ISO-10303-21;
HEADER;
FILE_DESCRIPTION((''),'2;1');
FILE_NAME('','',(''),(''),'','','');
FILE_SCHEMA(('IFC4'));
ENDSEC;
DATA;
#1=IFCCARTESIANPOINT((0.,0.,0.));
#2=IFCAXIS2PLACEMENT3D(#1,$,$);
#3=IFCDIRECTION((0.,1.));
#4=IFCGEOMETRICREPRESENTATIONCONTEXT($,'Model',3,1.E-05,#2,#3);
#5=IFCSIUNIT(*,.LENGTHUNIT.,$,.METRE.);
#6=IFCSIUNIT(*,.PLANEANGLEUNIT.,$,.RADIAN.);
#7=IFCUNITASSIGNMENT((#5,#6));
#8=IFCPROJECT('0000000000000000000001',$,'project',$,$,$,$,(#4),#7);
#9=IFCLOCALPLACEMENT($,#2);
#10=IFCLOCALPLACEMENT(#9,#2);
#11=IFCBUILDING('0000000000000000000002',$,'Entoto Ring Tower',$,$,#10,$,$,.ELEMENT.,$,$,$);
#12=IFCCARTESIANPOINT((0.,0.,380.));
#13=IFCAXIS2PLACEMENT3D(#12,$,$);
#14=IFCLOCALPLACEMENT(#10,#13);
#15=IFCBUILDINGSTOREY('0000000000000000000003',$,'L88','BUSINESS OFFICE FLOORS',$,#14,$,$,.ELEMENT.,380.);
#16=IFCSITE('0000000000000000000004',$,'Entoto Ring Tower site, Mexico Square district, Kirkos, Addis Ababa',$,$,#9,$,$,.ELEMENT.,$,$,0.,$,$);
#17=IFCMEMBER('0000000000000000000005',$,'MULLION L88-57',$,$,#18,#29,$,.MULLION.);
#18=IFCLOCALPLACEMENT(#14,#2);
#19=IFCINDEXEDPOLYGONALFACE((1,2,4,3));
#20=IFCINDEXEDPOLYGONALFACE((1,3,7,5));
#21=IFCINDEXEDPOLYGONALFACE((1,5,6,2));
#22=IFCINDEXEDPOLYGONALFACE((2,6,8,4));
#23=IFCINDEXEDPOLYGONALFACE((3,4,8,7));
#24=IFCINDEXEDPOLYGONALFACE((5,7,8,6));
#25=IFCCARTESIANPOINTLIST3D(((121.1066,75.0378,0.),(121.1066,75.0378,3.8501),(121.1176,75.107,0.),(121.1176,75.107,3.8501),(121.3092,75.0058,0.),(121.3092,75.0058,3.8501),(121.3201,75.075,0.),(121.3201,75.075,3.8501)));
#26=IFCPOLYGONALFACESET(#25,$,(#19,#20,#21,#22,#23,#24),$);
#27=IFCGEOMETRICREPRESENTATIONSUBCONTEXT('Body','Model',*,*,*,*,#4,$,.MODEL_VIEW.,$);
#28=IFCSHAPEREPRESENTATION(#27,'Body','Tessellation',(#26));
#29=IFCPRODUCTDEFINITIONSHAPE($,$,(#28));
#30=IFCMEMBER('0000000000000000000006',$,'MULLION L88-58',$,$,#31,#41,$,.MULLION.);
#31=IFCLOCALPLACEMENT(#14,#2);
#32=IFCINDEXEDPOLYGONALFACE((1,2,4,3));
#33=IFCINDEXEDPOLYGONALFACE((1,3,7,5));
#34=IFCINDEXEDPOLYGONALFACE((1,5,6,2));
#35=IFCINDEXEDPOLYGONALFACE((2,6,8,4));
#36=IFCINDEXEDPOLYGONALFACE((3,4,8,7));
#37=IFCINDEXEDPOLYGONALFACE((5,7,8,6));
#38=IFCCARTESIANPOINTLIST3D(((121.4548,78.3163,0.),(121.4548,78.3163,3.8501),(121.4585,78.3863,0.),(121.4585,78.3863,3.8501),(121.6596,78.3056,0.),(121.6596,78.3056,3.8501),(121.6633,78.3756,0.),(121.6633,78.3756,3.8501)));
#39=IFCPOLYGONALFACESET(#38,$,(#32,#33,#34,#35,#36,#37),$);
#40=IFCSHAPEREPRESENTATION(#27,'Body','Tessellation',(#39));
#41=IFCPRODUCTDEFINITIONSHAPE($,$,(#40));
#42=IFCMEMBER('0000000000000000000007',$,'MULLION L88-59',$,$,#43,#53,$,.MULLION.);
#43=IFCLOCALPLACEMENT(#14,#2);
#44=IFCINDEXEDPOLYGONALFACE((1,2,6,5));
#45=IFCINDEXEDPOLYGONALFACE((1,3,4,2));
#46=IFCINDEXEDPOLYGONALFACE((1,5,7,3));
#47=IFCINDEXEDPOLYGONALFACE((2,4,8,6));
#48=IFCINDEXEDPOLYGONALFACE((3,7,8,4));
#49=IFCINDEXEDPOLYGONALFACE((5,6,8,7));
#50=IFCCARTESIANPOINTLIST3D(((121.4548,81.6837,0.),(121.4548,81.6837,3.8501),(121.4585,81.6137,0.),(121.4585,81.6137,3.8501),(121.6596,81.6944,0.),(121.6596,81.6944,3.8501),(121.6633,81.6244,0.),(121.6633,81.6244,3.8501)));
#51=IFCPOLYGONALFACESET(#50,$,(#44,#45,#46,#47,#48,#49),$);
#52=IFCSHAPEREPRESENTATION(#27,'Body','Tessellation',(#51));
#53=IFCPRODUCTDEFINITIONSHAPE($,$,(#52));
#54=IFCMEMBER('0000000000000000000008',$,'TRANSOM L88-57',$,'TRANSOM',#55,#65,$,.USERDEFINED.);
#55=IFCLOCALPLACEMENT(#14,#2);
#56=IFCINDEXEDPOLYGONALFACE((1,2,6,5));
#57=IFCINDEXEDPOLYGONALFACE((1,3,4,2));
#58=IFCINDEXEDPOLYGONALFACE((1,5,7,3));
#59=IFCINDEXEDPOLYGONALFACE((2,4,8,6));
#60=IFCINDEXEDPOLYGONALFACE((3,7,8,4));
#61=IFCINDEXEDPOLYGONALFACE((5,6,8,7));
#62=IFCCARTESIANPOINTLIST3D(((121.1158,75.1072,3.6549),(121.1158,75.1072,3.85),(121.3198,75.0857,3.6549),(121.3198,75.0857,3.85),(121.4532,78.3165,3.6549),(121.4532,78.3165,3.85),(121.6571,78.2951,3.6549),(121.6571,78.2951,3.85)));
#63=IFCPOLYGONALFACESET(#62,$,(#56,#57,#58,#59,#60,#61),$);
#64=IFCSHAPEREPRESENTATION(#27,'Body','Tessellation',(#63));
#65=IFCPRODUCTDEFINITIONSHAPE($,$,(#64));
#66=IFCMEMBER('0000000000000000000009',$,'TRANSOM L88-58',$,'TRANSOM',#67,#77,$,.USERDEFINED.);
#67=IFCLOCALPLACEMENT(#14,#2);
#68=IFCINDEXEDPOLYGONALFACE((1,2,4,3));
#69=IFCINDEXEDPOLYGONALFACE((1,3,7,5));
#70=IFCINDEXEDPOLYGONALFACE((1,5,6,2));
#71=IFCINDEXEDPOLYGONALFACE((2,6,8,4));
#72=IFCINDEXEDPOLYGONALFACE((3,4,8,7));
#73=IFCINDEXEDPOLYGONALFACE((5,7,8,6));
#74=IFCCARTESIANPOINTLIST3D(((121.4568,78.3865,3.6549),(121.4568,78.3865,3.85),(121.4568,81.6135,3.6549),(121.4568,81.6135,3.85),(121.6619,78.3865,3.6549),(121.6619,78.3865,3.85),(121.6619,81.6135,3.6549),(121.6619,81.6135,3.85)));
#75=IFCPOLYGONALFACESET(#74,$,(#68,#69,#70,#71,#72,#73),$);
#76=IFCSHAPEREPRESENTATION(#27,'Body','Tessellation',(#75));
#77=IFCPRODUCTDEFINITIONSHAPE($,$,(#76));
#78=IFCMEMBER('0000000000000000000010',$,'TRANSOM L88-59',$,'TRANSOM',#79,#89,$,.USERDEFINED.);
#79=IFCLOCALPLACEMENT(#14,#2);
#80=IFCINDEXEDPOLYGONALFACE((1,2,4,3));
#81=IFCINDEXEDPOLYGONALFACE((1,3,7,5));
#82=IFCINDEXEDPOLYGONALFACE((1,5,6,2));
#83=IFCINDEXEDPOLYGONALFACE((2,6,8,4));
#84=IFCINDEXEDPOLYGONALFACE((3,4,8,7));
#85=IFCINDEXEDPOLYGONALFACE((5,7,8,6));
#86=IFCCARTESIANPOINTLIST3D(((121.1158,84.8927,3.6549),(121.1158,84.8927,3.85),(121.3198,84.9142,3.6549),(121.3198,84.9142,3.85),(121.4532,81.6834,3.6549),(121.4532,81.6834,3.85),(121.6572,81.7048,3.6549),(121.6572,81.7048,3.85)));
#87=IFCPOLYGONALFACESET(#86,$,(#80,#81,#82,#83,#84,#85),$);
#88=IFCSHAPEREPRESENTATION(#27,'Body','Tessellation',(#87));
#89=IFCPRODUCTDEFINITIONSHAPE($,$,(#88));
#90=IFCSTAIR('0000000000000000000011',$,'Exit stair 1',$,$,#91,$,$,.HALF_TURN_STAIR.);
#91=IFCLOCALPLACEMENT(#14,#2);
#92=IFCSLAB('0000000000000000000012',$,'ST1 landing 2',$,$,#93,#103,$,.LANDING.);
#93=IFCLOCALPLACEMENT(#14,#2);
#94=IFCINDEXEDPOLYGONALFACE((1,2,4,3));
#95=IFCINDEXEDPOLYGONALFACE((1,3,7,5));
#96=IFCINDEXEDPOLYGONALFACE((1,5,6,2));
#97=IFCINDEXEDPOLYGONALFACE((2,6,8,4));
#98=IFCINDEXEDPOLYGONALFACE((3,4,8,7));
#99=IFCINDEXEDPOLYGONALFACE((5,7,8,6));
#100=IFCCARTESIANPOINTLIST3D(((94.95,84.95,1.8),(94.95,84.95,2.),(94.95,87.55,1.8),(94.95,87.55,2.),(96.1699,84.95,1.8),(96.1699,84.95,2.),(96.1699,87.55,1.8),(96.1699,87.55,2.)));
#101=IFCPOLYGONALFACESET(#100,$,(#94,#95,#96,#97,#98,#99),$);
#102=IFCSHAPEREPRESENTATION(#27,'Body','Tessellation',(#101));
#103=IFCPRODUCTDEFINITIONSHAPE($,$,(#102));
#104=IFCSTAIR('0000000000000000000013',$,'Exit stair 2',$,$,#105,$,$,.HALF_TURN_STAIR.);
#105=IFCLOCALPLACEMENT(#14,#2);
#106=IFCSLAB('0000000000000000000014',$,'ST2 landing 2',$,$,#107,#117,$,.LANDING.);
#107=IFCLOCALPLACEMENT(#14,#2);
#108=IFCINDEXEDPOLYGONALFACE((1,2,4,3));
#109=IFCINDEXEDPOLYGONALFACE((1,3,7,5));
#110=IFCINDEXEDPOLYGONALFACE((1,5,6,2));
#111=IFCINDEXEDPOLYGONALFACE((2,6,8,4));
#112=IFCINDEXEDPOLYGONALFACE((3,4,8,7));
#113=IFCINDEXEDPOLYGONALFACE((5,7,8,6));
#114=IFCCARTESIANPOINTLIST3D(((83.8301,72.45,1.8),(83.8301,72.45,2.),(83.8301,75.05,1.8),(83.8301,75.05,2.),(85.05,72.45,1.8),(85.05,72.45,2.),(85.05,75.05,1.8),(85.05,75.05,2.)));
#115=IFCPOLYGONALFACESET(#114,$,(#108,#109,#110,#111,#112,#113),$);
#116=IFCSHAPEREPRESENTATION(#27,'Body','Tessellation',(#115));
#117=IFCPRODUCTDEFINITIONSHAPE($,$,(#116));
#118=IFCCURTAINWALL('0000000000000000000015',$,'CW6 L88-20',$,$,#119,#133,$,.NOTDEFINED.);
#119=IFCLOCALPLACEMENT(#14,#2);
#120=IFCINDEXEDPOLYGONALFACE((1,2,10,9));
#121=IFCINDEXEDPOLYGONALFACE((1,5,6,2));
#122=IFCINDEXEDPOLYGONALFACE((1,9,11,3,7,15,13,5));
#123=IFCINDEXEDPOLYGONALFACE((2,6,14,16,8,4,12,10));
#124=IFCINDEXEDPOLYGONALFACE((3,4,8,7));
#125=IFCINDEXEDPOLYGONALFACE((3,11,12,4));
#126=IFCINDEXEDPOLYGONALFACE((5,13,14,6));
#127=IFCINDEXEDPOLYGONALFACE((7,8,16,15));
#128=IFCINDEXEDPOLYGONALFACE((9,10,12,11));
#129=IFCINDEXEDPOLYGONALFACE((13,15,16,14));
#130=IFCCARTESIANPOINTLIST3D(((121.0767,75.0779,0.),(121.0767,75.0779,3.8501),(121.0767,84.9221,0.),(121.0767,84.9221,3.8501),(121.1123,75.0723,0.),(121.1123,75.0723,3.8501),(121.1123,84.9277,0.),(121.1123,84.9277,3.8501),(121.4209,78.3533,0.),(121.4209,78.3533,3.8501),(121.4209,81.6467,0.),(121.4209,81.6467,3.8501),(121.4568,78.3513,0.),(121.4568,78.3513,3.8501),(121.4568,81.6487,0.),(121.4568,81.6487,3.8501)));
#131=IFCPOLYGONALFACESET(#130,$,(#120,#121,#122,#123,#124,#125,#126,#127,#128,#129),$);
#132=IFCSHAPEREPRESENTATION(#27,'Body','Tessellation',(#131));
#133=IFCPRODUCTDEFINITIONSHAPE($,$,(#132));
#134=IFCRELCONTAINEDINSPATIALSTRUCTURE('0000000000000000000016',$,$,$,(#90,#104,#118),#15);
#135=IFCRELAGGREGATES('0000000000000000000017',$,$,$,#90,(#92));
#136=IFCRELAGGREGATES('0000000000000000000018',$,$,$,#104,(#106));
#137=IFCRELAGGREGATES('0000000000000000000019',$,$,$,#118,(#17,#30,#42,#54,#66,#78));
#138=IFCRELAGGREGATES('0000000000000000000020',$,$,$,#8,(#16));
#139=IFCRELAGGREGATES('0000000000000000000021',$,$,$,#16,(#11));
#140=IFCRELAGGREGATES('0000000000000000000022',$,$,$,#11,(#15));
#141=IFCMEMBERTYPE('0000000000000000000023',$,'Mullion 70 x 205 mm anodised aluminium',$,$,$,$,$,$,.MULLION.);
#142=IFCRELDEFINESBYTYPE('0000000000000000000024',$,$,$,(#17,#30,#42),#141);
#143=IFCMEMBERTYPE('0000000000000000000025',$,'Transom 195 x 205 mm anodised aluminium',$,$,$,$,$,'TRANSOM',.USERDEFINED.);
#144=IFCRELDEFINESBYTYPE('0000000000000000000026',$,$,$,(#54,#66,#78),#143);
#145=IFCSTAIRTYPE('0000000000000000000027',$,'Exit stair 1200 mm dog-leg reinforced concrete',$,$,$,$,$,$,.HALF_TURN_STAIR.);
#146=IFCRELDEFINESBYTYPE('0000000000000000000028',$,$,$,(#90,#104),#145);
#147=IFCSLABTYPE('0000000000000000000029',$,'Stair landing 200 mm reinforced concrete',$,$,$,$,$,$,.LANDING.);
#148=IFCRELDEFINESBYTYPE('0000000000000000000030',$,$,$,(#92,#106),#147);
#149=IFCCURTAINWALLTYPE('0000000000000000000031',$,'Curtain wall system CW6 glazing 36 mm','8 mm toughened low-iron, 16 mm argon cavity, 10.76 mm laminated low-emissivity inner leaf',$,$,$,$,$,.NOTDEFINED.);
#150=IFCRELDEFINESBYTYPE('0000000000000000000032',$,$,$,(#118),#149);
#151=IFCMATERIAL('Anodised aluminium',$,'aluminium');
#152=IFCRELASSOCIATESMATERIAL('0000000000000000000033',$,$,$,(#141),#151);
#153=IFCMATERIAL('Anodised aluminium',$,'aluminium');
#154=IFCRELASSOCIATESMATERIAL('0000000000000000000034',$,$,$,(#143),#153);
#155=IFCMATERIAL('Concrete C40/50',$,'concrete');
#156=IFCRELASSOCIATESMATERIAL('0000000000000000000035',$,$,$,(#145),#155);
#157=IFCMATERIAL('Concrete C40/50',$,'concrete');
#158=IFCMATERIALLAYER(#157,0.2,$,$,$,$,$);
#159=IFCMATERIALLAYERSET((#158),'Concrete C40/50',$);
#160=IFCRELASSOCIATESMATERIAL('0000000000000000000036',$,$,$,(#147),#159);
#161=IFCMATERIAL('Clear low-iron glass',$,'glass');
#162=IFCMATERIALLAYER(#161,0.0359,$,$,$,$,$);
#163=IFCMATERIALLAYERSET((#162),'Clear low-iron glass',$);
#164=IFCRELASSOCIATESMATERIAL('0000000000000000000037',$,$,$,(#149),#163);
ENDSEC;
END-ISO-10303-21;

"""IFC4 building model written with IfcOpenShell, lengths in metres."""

from ifc_helpers import new_model, si_unit, direction, frame, origin, origin_2d, place, context, subcontext, project, spatial, polyline, rectangle, outline, extrude, material, layer, layer_set, material_profile, profile_set, type_object, element, aggregate, save


model = new_model("IFC4")

# Units and contexts
model_context = context("Model", 3, precision=1e-05, world=origin(), true_north=direction((0.0, 1.0)))
body_context = subcontext(model_context, "Body", "Model", "MODEL_VIEW")
ifc_project = project(units=[si_unit("LENGTHUNIT", "METRE"), si_unit("PLANEANGLEUNIT", "RADIAN")], contexts=[model_context])

# Members
ifc_material_1 = material(Name="Anodised aluminium", Category="aluminium")
ifc_material_profile_1 = material_profile(ifc_material_1, rectangle(XDim=0.0701, YDim=0.2051, at=origin_2d()), Name="Mullion 70 x 205 mm anodised aluminium")
ifc_profile_set_1 = profile_set([ifc_material_profile_1], Name="Anodised aluminium")
member_type_1 = type_object("IfcMemberType", Name="Mullion 70 x 205 mm anodised aluminium", PredefinedType="MULLION", material=ifc_profile_set_1)
site_placement = place(None, origin())
building_placement = place(site_placement, origin())
storey_placement = place(building_placement, frame((0.0, 0.0, 380.0)))
member_1_placement = place(storey_placement, frame((121.2134, 75.0564, 0.0), z_axis=(0.0, 0.0, 1.0), x_axis=(0.156434, 0.987688, 0.0)))
member_1 = element("IfcMember", 1, at=member_1_placement, type_object=member_type_1, Name="MULLION L88-57", PredefinedType="MULLION", context=body_context, shape_type="SweptSolid", body=[
    extrude(rectangle(XDim=0.0701, YDim=0.2051, at=origin_2d()), origin(), (0.0, 0.0, 1.0), 3.8501),
])
member_2_placement = place(storey_placement, frame((121.5591, 78.3459, 0.0), z_axis=(0.0, 0.0, 1.0), x_axis=(0.052336, 0.99863, 0.0)))
member_2 = element("IfcMember", 2, at=member_2_placement, type_object=member_type_1, Name="MULLION L88-58", PredefinedType="MULLION", context=body_context, shape_type="SweptSolid", body=[
    extrude(rectangle(XDim=0.0701, YDim=0.2051, at=origin_2d()), origin(), (0.0, 0.0, 1.0), 3.8501),
])
member_3_placement = place(storey_placement, frame((121.5591, 81.6541, 0.0), z_axis=(0.0, 0.0, 1.0), x_axis=(-0.052336, 0.99863, 0.0)))
member_3 = element("IfcMember", 3, at=member_3_placement, type_object=member_type_1, Name="MULLION L88-59", PredefinedType="MULLION", context=body_context, shape_type="SweptSolid", body=[
    extrude(rectangle(XDim=0.0701, YDim=0.2051, at=origin_2d()), origin(), (0.0, 0.0, 1.0), 3.8501),
])
ifc_material_2 = material(Name="Anodised aluminium", Category="aluminium")
ifc_material_profile_2 = material_profile(ifc_material_2, rectangle(XDim=0.2051, YDim=0.1951, at=origin_2d()), Name="Transom 195 x 205 mm anodised aluminium")
ifc_profile_set_2 = profile_set([ifc_material_profile_2], Name="Anodised aluminium")
member_type_2 = type_object("IfcMemberType", Name="Transom 195 x 205 mm anodised aluminium", ElementType="TRANSOM", PredefinedType="USERDEFINED", material=ifc_profile_set_2)
member_4_placement = place(storey_placement, frame((121.2178, 75.0964, 3.7524), z_axis=(0.104551, 0.99452, 0.0), x_axis=(-0.99452, 0.104551, 0.0)))
member_4 = element("IfcMember", 4, at=member_4_placement, type_object=member_type_2, Name="TRANSOM L88-57", ObjectType="TRANSOM", PredefinedType="USERDEFINED", context=body_context, shape_type="SweptSolid", body=[
    extrude(rectangle(XDim=0.2051, YDim=0.1951, at=origin_2d()), origin(), (0.0, 0.0, 1.0), 3.2271),
])
member_5_placement = place(storey_placement, frame((121.5593, 78.3865, 3.7524), z_axis=(0.0, 1.0, 0.0), x_axis=(-1.0, 0.0, 0.0)))
member_5 = element("IfcMember", 5, at=member_5_placement, type_object=member_type_2, Name="TRANSOM L88-58", ObjectType="TRANSOM", PredefinedType="USERDEFINED", context=body_context, shape_type="SweptSolid", body=[
    extrude(rectangle(XDim=0.2051, YDim=0.1951, at=origin_2d()), origin(), (0.0, 0.0, 1.0), 3.2271),
])
member_6_placement = place(storey_placement, frame((121.5552, 81.6941, 3.7524), z_axis=(-0.104551, 0.99452, 0.0), x_axis=(-0.99452, -0.104551, 0.0)))
member_6 = element("IfcMember", 6, at=member_6_placement, type_object=member_type_2, Name="TRANSOM L88-59", ObjectType="TRANSOM", PredefinedType="USERDEFINED", context=body_context, shape_type="SweptSolid", body=[
    extrude(rectangle(XDim=0.2051, YDim=0.1951, at=origin_2d()), origin(), (0.0, 0.0, 1.0), 3.2271),
])

# Site, building, storey
site = spatial("IfcSite", under=ifc_project, at=site_placement, Name="Entoto Ring Tower site, Mexico Square district, Kirkos, Addis Ababa", CompositionType="ELEMENT", RefElevation=0.0)
building = spatial("IfcBuilding", under=site, at=building_placement, Name="Entoto Ring Tower", CompositionType="ELEMENT")
storey = spatial("IfcBuildingStorey", under=building, at=storey_placement, Name="L88", Description="BUSINESS OFFICE FLOORS", CompositionType="ELEMENT", Elevation=380.0)

# Stairs, slabs
ifc_material_3 = material(Name="Concrete C40/50", Category="concrete")
stair_type = type_object("IfcStairType", Name="Exit stair 1200 mm dog-leg reinforced concrete", PredefinedType="HALF_TURN_STAIR", material=ifc_material_3)
stair_1_placement = place(storey_placement, origin())
stair_1 = element("IfcStair", 7, at=stair_1_placement, inside=storey, type_object=stair_type, Name="Exit stair 1", PredefinedType="HALF_TURN_STAIR")
ifc_material_4 = material(Name="Concrete C40/50", Category="concrete")
ifc_layer_1 = layer(ifc_material_4, 0.2)
ifc_layer_set_1 = layer_set([ifc_layer_1], Name="Concrete C40/50")
slab_type = type_object("IfcSlabType", Name="Stair landing 200 mm reinforced concrete", PredefinedType="LANDING", material=ifc_layer_set_1)
slab_1_placement = place(storey_placement, frame((0.0, 0.0, 1.8)))
slab_1 = element("IfcSlab", 8, at=slab_1_placement, type_object=slab_type, Name="ST1 landing 2", PredefinedType="LANDING", context=body_context, shape_type="SweptSolid", body=[
    extrude(outline(polyline([(94.95, 84.95), (96.1699, 84.95), (96.1699, 87.55), (94.95, 87.55), (94.95, 84.95)])), origin(), (0.0, 0.0, 1.0), 0.2),
])
aggregate(stair_1, [slab_1])
stair_2_placement = place(storey_placement, origin())
stair_2 = element("IfcStair", 9, at=stair_2_placement, inside=storey, type_object=stair_type, Name="Exit stair 2", PredefinedType="HALF_TURN_STAIR")
slab_2_placement = place(storey_placement, frame((0.0, 0.0, 1.8)))
slab_2 = element("IfcSlab", 10, at=slab_2_placement, type_object=slab_type, Name="ST2 landing 2", PredefinedType="LANDING", context=body_context, shape_type="SweptSolid", body=[
    extrude(outline(polyline([(83.8301, 72.45), (85.05, 72.45), (85.05, 75.05), (83.8301, 75.05), (83.8301, 72.45)])), origin(), (0.0, 0.0, 1.0), 0.2),
])
aggregate(stair_2, [slab_2])

# Curtain wall
ifc_material_5 = material(Name="Clear low-iron glass", Category="glass")
ifc_layer_2 = layer(ifc_material_5, 0.0359)
ifc_layer_set_2 = layer_set([ifc_layer_2], Name="Clear low-iron glass")
curtain_wall_type = type_object("IfcCurtainWallType", Name="Curtain wall system CW6 glazing 36 mm", Description="8 mm toughened low-iron, 16 mm argon cavity, 10.76 mm laminated low-emissivity inner leaf", PredefinedType="NOTDEFINED", material=ifc_layer_set_2)
curtain_wall_1_placement = place(storey_placement, origin())
curtain_wall_1 = element("IfcCurtainWall", 11, at=curtain_wall_1_placement, inside=storey, type_object=curtain_wall_type, Name="CW6 L88-20", PredefinedType="NOTDEFINED", context=body_context, shape_type="SweptSolid", body=[
    extrude(outline(polyline([(121.1123, 75.0723), (121.4568, 78.3513), (121.4568, 81.6487), (121.1123, 84.9277), (121.0767, 84.9221), (121.4209, 81.6467), (121.4209, 78.3533), (121.0767, 75.0779), (121.1123, 75.0723)])), origin(), (0.0, 0.0, 1.0), 3.8501),
])
aggregate(curtain_wall_1, [member_1, member_2, member_3, member_4, member_5, member_6])

save(model, "model.ifc")
